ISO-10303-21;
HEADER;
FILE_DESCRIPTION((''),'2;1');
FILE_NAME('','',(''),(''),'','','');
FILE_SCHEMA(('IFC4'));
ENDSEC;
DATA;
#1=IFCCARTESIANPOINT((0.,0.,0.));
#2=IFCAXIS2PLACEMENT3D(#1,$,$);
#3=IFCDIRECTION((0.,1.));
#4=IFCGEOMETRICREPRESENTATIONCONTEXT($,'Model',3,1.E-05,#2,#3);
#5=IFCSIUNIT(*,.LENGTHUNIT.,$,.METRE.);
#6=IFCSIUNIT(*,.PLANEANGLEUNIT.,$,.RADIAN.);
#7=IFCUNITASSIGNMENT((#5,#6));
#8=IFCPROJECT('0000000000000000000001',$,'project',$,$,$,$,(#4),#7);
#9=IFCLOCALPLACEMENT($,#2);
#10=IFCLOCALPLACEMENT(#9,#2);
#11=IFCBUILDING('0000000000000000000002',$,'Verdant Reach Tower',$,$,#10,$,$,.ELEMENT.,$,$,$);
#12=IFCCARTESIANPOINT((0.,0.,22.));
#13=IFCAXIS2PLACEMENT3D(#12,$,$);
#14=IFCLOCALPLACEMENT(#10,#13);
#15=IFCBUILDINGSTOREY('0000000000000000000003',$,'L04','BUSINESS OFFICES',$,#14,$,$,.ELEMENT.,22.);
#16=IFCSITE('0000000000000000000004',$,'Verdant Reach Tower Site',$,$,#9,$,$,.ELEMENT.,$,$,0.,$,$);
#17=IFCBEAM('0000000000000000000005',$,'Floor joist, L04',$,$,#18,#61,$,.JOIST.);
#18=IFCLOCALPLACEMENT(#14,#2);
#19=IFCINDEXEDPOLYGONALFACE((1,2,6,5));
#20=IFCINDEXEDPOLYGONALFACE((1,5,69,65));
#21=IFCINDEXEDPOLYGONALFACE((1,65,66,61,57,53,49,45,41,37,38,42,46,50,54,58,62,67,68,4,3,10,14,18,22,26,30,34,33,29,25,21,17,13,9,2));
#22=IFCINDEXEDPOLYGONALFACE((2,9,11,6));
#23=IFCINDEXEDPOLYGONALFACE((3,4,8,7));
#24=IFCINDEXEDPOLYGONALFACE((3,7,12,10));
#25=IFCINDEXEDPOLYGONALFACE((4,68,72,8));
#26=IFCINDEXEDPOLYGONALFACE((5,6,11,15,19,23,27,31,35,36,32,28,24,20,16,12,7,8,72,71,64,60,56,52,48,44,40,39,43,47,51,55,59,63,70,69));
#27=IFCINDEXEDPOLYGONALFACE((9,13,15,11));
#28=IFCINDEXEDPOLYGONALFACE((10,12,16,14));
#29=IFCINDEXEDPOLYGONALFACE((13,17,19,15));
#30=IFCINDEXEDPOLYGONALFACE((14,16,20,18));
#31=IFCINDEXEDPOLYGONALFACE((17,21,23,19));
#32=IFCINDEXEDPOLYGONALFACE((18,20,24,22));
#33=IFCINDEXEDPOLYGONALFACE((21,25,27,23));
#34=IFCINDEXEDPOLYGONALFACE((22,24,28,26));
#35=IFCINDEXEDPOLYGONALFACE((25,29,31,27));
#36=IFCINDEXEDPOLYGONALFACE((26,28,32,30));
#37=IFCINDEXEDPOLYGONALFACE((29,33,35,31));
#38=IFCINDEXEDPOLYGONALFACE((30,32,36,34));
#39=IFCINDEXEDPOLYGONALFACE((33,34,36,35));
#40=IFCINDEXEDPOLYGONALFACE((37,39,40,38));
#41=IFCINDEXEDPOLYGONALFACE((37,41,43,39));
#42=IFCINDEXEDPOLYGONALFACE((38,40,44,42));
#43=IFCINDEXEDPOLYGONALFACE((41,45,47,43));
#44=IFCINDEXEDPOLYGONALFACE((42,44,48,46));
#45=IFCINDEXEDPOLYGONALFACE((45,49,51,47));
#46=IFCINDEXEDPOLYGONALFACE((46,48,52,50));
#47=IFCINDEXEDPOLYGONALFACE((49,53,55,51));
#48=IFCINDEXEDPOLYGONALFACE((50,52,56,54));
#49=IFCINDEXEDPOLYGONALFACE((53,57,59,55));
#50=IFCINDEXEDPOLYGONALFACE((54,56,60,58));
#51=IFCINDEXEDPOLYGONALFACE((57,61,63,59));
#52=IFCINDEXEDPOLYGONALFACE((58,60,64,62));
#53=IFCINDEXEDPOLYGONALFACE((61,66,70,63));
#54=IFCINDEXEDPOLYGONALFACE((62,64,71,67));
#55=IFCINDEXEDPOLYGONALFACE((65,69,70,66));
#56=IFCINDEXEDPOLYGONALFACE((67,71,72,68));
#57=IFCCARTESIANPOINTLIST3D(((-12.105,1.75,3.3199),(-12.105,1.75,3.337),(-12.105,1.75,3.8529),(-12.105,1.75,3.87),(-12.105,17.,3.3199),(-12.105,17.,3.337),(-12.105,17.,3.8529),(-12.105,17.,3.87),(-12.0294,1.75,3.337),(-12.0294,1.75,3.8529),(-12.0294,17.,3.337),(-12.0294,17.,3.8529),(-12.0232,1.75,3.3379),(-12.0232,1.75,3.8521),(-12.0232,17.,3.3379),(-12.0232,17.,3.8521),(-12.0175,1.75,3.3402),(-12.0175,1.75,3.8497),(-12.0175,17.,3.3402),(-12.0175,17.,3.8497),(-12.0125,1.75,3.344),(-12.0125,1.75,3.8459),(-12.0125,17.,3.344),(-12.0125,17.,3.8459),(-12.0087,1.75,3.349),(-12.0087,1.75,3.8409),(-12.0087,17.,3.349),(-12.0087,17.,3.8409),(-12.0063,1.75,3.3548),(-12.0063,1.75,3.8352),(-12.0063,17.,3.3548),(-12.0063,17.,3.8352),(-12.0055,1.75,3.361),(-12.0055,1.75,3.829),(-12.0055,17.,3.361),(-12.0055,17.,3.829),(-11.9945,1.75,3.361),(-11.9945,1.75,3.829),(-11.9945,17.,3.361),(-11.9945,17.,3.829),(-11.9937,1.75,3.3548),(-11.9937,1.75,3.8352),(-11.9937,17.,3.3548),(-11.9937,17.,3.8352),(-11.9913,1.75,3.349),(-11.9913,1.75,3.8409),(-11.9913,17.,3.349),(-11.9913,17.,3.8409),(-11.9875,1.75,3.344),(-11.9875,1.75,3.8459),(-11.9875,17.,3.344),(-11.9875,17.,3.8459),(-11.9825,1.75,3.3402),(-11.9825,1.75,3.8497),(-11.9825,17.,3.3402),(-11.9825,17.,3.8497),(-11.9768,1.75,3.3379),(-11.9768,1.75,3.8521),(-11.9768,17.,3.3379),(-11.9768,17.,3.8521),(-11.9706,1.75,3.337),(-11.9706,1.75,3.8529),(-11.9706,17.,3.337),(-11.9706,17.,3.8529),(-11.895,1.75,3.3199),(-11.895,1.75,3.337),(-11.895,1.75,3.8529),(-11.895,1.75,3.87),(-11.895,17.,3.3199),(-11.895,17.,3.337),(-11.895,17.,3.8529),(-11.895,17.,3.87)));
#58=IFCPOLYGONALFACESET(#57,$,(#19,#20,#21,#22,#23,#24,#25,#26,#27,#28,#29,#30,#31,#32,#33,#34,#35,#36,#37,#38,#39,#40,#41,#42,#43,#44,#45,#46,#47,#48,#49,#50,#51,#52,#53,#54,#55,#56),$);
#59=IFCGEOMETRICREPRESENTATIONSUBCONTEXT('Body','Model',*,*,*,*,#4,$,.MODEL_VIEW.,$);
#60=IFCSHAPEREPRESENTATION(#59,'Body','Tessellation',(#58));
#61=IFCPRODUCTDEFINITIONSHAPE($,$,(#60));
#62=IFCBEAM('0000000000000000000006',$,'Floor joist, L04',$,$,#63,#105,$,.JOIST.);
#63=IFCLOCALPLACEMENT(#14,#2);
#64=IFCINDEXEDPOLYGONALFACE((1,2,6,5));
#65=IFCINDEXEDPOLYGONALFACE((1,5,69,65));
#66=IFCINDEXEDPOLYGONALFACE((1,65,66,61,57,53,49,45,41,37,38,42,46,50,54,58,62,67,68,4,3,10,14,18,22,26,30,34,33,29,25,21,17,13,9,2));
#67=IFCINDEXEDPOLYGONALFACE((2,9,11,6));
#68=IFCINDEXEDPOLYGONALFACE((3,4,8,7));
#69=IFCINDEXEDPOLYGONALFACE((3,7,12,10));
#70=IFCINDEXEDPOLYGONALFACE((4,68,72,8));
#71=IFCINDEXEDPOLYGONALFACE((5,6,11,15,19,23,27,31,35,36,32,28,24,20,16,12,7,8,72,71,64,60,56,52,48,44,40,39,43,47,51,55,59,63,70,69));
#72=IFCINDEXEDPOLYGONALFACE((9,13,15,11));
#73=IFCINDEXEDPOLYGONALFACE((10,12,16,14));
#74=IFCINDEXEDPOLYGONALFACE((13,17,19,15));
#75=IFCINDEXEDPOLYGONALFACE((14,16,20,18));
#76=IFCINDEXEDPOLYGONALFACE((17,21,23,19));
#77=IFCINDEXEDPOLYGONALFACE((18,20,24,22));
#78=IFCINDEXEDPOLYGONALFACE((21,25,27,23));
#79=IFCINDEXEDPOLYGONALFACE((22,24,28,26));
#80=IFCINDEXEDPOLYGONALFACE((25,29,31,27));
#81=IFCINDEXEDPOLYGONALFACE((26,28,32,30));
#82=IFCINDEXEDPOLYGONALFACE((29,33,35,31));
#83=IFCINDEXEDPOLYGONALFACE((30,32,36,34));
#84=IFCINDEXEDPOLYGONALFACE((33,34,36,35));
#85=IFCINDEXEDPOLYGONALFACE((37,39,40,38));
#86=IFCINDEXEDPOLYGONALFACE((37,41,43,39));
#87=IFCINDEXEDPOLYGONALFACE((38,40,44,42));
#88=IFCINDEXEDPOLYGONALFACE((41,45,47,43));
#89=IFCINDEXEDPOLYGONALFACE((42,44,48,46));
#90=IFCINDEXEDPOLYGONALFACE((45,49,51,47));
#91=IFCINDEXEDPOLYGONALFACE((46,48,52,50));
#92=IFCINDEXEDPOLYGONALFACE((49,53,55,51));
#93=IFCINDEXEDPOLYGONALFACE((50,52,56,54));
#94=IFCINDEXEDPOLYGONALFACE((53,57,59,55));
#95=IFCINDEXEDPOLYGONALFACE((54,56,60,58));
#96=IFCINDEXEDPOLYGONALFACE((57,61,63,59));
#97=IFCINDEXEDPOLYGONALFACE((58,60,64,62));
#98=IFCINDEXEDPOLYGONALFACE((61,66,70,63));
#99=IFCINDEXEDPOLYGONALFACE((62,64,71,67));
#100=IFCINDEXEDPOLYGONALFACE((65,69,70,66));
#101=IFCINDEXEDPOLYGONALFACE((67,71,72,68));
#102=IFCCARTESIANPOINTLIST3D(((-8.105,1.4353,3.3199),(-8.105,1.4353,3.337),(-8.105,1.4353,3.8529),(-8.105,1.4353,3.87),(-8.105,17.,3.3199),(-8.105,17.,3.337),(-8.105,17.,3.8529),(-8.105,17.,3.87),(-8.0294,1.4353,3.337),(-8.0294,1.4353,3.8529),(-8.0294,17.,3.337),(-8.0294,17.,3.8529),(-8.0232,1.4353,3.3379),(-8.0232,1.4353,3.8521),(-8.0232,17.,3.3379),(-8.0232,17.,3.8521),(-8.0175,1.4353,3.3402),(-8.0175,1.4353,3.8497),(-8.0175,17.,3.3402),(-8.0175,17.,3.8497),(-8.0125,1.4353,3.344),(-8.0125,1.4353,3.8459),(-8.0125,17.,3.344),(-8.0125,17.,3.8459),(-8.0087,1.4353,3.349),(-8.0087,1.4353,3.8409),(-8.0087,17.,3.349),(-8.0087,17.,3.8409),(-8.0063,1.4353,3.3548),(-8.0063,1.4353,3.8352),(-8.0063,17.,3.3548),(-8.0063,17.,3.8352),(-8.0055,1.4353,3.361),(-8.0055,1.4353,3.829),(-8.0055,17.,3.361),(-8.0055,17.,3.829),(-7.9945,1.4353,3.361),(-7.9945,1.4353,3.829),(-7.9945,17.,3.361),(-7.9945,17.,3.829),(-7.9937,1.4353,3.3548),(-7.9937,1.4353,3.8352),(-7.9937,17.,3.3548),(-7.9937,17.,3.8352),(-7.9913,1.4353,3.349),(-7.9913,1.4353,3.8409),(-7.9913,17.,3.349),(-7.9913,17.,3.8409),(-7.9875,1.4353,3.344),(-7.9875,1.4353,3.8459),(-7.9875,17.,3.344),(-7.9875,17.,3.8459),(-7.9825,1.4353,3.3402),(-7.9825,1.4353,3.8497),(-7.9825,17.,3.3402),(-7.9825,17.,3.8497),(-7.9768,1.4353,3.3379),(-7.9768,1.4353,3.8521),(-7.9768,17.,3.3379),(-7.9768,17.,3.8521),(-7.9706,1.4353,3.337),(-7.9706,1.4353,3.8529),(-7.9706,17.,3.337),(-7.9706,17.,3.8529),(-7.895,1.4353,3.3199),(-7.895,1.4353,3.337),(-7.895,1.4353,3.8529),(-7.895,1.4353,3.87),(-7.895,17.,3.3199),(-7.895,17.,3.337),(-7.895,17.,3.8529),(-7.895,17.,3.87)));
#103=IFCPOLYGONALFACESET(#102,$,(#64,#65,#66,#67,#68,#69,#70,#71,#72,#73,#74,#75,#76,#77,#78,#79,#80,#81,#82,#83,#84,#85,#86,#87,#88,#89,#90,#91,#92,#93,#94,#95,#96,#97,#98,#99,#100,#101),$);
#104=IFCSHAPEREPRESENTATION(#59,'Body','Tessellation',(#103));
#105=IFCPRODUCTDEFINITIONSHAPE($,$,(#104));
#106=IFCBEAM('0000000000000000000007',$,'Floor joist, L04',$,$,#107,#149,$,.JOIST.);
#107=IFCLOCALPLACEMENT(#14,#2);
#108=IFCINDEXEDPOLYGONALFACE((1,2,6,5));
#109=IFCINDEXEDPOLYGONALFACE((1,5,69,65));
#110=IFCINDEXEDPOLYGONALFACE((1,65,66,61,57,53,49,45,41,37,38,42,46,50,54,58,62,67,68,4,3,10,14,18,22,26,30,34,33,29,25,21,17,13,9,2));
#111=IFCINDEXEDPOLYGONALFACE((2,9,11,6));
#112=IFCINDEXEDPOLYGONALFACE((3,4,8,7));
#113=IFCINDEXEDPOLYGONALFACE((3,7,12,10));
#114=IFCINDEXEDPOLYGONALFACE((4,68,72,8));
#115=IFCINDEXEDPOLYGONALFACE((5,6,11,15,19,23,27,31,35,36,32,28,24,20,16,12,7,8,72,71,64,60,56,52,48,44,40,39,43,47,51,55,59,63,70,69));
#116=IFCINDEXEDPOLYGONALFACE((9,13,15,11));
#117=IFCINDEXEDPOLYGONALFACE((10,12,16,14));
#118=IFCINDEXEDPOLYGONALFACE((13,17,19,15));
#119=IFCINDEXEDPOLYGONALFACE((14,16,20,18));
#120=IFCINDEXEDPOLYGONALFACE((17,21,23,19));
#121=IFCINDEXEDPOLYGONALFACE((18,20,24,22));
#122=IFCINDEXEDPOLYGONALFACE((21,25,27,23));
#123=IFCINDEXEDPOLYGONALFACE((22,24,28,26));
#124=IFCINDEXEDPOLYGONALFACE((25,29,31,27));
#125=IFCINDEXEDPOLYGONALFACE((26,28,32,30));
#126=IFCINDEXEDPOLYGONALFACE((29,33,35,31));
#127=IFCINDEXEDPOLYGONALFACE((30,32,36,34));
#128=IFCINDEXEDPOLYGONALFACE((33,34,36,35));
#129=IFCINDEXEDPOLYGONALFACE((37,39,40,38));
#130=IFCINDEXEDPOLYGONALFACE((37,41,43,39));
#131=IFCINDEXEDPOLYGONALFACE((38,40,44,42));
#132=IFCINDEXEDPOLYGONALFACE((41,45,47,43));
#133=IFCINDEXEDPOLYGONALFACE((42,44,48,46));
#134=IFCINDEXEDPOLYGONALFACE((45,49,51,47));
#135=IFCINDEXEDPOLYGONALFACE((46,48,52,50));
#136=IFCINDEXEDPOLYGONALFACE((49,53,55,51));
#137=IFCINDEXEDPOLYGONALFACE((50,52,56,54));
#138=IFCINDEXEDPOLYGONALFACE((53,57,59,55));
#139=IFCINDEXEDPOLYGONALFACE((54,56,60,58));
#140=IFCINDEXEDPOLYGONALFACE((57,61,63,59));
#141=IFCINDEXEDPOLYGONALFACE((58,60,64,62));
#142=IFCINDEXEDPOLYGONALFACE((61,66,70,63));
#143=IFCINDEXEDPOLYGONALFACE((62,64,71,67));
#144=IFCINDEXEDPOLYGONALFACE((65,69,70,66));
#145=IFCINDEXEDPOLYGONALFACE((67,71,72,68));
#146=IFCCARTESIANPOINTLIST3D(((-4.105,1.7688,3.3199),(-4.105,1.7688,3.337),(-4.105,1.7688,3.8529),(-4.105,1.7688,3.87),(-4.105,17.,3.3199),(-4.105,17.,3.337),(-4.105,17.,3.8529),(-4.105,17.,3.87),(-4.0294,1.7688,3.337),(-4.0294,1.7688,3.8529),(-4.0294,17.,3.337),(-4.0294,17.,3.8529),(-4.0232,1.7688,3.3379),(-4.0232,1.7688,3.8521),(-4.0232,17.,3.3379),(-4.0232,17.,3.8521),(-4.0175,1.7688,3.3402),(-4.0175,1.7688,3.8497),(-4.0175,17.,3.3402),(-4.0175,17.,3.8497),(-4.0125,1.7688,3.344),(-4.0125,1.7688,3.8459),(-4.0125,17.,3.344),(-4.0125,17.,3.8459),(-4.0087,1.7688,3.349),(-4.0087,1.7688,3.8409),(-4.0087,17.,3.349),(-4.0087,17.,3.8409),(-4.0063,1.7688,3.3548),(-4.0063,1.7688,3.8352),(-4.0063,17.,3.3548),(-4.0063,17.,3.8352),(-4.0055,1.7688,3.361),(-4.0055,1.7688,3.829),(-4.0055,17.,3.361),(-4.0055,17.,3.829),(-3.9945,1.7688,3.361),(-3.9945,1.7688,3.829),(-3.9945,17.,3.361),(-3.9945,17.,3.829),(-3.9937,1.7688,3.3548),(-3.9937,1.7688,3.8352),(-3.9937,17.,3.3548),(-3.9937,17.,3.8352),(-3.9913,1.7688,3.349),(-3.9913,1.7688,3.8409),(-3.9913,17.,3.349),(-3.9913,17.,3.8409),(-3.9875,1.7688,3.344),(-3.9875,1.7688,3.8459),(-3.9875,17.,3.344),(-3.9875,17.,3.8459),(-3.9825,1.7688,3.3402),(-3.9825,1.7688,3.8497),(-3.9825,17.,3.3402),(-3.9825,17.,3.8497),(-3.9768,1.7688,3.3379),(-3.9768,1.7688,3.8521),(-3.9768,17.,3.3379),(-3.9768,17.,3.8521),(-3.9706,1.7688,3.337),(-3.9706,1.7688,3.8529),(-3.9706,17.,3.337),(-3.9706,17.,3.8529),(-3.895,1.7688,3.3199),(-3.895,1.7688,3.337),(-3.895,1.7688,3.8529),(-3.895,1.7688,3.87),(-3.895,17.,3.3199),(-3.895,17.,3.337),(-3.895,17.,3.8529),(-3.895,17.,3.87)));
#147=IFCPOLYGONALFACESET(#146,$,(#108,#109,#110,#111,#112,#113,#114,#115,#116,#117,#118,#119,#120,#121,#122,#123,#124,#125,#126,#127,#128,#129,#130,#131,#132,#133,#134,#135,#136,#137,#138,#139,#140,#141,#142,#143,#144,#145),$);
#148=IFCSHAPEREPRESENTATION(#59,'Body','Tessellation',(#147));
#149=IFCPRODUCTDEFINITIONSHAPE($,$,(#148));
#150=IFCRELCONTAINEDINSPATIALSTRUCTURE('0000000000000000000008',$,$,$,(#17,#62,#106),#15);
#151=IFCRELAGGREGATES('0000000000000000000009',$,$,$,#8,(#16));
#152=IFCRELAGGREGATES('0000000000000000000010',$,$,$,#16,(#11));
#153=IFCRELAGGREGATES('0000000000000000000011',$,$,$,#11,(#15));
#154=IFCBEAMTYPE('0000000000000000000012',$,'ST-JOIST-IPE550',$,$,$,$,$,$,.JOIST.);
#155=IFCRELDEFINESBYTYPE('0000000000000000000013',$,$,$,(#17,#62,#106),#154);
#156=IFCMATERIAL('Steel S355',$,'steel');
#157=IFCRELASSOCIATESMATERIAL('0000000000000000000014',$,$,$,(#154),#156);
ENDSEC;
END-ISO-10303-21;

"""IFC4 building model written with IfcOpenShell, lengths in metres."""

from ifc_helpers import new_model, si_unit, direction, frame, origin, origin_2d, place, context, subcontext, project, spatial, i_section, extrude, material, material_profile, profile_set, type_object, element, save


model = new_model("IFC4")

# Units and contexts
model_context = context("Model", 3, precision=1e-05, world=origin(), true_north=direction((0.0, 1.0)))
body_context = subcontext(model_context, "Body", "Model", "MODEL_VIEW")
ifc_project = project(units=[si_unit("LENGTHUNIT", "METRE"), si_unit("PLANEANGLEUNIT", "RADIAN")], contexts=[model_context])

# Site, building, storey
site_placement = place(None, origin())
site = spatial("IfcSite", under=ifc_project, at=site_placement, Name="Verdant Reach Tower Site", CompositionType="ELEMENT", RefElevation=0.0)
building_placement = place(site_placement, origin())
building = spatial("IfcBuilding", under=site, at=building_placement, Name="Verdant Reach Tower", CompositionType="ELEMENT")
storey_placement = place(building_placement, frame((0.0, 0.0, 22.0)))
storey = spatial("IfcBuildingStorey", under=building, at=storey_placement, Name="L04", Description="BUSINESS OFFICES", CompositionType="ELEMENT", Elevation=22.0)

# Beams
ifc_material_1 = material(Name="Steel S355", Category="steel")
ifc_material_profile_1 = material_profile(ifc_material_1, i_section(OverallWidth=0.21, OverallDepth=0.55, WebThickness=0.011, FlangeThickness=0.0171, FilletRadius=0.0239, at=origin_2d()), Name="IPE 550")
ifc_profile_set_1 = profile_set([ifc_material_profile_1], Name="Steel S355")
beam_type_1 = type_object("IfcBeamType", Name="ST-JOIST-IPE550", PredefinedType="JOIST", material=ifc_profile_set_1)
beam_1_placement = place(storey_placement, frame((-12.0, 17.0, 3.595), z_axis=(0.0, -1.0, 0.0), x_axis=(1.0, 0.0, 0.0)))
element("IfcBeam", 1, at=beam_1_placement, inside=storey, type_object=beam_type_1, Name="Floor joist, L04", PredefinedType="JOIST", context=body_context, shape_type="SweptSolid", body=[
    extrude(i_section(OverallWidth=0.21, OverallDepth=0.55, WebThickness=0.011, FlangeThickness=0.0171, FilletRadius=0.0239, at=origin_2d()), origin(), (0.0, 0.0, 1.0), 15.25),
])
beam_2_placement = place(storey_placement, frame((-8.0, 17.0, 3.595), z_axis=(0.0, -1.0, 0.0), x_axis=(1.0, 0.0, 0.0)))
element("IfcBeam", 2, at=beam_2_placement, inside=storey, type_object=beam_type_1, Name="Floor joist, L04", PredefinedType="JOIST", context=body_context, shape_type="SweptSolid", body=[
    extrude(i_section(OverallWidth=0.21, OverallDepth=0.55, WebThickness=0.011, FlangeThickness=0.0171, FilletRadius=0.0239, at=origin_2d()), origin(), (0.0, 0.0, 1.0), 15.5647),
])
beam_3_placement = place(storey_placement, frame((-4.0, 17.0, 3.595), z_axis=(0.0, -1.0, 0.0), x_axis=(1.0, 0.0, 0.0)))
element("IfcBeam", 3, at=beam_3_placement, inside=storey, type_object=beam_type_1, Name="Floor joist, L04", PredefinedType="JOIST", context=body_context, shape_type="SweptSolid", body=[
    extrude(i_section(OverallWidth=0.21, OverallDepth=0.55, WebThickness=0.011, FlangeThickness=0.0171, FilletRadius=0.0239, at=origin_2d()), origin(), (0.0, 0.0, 1.0), 15.2312),
])

save(model, "model.ifc")
